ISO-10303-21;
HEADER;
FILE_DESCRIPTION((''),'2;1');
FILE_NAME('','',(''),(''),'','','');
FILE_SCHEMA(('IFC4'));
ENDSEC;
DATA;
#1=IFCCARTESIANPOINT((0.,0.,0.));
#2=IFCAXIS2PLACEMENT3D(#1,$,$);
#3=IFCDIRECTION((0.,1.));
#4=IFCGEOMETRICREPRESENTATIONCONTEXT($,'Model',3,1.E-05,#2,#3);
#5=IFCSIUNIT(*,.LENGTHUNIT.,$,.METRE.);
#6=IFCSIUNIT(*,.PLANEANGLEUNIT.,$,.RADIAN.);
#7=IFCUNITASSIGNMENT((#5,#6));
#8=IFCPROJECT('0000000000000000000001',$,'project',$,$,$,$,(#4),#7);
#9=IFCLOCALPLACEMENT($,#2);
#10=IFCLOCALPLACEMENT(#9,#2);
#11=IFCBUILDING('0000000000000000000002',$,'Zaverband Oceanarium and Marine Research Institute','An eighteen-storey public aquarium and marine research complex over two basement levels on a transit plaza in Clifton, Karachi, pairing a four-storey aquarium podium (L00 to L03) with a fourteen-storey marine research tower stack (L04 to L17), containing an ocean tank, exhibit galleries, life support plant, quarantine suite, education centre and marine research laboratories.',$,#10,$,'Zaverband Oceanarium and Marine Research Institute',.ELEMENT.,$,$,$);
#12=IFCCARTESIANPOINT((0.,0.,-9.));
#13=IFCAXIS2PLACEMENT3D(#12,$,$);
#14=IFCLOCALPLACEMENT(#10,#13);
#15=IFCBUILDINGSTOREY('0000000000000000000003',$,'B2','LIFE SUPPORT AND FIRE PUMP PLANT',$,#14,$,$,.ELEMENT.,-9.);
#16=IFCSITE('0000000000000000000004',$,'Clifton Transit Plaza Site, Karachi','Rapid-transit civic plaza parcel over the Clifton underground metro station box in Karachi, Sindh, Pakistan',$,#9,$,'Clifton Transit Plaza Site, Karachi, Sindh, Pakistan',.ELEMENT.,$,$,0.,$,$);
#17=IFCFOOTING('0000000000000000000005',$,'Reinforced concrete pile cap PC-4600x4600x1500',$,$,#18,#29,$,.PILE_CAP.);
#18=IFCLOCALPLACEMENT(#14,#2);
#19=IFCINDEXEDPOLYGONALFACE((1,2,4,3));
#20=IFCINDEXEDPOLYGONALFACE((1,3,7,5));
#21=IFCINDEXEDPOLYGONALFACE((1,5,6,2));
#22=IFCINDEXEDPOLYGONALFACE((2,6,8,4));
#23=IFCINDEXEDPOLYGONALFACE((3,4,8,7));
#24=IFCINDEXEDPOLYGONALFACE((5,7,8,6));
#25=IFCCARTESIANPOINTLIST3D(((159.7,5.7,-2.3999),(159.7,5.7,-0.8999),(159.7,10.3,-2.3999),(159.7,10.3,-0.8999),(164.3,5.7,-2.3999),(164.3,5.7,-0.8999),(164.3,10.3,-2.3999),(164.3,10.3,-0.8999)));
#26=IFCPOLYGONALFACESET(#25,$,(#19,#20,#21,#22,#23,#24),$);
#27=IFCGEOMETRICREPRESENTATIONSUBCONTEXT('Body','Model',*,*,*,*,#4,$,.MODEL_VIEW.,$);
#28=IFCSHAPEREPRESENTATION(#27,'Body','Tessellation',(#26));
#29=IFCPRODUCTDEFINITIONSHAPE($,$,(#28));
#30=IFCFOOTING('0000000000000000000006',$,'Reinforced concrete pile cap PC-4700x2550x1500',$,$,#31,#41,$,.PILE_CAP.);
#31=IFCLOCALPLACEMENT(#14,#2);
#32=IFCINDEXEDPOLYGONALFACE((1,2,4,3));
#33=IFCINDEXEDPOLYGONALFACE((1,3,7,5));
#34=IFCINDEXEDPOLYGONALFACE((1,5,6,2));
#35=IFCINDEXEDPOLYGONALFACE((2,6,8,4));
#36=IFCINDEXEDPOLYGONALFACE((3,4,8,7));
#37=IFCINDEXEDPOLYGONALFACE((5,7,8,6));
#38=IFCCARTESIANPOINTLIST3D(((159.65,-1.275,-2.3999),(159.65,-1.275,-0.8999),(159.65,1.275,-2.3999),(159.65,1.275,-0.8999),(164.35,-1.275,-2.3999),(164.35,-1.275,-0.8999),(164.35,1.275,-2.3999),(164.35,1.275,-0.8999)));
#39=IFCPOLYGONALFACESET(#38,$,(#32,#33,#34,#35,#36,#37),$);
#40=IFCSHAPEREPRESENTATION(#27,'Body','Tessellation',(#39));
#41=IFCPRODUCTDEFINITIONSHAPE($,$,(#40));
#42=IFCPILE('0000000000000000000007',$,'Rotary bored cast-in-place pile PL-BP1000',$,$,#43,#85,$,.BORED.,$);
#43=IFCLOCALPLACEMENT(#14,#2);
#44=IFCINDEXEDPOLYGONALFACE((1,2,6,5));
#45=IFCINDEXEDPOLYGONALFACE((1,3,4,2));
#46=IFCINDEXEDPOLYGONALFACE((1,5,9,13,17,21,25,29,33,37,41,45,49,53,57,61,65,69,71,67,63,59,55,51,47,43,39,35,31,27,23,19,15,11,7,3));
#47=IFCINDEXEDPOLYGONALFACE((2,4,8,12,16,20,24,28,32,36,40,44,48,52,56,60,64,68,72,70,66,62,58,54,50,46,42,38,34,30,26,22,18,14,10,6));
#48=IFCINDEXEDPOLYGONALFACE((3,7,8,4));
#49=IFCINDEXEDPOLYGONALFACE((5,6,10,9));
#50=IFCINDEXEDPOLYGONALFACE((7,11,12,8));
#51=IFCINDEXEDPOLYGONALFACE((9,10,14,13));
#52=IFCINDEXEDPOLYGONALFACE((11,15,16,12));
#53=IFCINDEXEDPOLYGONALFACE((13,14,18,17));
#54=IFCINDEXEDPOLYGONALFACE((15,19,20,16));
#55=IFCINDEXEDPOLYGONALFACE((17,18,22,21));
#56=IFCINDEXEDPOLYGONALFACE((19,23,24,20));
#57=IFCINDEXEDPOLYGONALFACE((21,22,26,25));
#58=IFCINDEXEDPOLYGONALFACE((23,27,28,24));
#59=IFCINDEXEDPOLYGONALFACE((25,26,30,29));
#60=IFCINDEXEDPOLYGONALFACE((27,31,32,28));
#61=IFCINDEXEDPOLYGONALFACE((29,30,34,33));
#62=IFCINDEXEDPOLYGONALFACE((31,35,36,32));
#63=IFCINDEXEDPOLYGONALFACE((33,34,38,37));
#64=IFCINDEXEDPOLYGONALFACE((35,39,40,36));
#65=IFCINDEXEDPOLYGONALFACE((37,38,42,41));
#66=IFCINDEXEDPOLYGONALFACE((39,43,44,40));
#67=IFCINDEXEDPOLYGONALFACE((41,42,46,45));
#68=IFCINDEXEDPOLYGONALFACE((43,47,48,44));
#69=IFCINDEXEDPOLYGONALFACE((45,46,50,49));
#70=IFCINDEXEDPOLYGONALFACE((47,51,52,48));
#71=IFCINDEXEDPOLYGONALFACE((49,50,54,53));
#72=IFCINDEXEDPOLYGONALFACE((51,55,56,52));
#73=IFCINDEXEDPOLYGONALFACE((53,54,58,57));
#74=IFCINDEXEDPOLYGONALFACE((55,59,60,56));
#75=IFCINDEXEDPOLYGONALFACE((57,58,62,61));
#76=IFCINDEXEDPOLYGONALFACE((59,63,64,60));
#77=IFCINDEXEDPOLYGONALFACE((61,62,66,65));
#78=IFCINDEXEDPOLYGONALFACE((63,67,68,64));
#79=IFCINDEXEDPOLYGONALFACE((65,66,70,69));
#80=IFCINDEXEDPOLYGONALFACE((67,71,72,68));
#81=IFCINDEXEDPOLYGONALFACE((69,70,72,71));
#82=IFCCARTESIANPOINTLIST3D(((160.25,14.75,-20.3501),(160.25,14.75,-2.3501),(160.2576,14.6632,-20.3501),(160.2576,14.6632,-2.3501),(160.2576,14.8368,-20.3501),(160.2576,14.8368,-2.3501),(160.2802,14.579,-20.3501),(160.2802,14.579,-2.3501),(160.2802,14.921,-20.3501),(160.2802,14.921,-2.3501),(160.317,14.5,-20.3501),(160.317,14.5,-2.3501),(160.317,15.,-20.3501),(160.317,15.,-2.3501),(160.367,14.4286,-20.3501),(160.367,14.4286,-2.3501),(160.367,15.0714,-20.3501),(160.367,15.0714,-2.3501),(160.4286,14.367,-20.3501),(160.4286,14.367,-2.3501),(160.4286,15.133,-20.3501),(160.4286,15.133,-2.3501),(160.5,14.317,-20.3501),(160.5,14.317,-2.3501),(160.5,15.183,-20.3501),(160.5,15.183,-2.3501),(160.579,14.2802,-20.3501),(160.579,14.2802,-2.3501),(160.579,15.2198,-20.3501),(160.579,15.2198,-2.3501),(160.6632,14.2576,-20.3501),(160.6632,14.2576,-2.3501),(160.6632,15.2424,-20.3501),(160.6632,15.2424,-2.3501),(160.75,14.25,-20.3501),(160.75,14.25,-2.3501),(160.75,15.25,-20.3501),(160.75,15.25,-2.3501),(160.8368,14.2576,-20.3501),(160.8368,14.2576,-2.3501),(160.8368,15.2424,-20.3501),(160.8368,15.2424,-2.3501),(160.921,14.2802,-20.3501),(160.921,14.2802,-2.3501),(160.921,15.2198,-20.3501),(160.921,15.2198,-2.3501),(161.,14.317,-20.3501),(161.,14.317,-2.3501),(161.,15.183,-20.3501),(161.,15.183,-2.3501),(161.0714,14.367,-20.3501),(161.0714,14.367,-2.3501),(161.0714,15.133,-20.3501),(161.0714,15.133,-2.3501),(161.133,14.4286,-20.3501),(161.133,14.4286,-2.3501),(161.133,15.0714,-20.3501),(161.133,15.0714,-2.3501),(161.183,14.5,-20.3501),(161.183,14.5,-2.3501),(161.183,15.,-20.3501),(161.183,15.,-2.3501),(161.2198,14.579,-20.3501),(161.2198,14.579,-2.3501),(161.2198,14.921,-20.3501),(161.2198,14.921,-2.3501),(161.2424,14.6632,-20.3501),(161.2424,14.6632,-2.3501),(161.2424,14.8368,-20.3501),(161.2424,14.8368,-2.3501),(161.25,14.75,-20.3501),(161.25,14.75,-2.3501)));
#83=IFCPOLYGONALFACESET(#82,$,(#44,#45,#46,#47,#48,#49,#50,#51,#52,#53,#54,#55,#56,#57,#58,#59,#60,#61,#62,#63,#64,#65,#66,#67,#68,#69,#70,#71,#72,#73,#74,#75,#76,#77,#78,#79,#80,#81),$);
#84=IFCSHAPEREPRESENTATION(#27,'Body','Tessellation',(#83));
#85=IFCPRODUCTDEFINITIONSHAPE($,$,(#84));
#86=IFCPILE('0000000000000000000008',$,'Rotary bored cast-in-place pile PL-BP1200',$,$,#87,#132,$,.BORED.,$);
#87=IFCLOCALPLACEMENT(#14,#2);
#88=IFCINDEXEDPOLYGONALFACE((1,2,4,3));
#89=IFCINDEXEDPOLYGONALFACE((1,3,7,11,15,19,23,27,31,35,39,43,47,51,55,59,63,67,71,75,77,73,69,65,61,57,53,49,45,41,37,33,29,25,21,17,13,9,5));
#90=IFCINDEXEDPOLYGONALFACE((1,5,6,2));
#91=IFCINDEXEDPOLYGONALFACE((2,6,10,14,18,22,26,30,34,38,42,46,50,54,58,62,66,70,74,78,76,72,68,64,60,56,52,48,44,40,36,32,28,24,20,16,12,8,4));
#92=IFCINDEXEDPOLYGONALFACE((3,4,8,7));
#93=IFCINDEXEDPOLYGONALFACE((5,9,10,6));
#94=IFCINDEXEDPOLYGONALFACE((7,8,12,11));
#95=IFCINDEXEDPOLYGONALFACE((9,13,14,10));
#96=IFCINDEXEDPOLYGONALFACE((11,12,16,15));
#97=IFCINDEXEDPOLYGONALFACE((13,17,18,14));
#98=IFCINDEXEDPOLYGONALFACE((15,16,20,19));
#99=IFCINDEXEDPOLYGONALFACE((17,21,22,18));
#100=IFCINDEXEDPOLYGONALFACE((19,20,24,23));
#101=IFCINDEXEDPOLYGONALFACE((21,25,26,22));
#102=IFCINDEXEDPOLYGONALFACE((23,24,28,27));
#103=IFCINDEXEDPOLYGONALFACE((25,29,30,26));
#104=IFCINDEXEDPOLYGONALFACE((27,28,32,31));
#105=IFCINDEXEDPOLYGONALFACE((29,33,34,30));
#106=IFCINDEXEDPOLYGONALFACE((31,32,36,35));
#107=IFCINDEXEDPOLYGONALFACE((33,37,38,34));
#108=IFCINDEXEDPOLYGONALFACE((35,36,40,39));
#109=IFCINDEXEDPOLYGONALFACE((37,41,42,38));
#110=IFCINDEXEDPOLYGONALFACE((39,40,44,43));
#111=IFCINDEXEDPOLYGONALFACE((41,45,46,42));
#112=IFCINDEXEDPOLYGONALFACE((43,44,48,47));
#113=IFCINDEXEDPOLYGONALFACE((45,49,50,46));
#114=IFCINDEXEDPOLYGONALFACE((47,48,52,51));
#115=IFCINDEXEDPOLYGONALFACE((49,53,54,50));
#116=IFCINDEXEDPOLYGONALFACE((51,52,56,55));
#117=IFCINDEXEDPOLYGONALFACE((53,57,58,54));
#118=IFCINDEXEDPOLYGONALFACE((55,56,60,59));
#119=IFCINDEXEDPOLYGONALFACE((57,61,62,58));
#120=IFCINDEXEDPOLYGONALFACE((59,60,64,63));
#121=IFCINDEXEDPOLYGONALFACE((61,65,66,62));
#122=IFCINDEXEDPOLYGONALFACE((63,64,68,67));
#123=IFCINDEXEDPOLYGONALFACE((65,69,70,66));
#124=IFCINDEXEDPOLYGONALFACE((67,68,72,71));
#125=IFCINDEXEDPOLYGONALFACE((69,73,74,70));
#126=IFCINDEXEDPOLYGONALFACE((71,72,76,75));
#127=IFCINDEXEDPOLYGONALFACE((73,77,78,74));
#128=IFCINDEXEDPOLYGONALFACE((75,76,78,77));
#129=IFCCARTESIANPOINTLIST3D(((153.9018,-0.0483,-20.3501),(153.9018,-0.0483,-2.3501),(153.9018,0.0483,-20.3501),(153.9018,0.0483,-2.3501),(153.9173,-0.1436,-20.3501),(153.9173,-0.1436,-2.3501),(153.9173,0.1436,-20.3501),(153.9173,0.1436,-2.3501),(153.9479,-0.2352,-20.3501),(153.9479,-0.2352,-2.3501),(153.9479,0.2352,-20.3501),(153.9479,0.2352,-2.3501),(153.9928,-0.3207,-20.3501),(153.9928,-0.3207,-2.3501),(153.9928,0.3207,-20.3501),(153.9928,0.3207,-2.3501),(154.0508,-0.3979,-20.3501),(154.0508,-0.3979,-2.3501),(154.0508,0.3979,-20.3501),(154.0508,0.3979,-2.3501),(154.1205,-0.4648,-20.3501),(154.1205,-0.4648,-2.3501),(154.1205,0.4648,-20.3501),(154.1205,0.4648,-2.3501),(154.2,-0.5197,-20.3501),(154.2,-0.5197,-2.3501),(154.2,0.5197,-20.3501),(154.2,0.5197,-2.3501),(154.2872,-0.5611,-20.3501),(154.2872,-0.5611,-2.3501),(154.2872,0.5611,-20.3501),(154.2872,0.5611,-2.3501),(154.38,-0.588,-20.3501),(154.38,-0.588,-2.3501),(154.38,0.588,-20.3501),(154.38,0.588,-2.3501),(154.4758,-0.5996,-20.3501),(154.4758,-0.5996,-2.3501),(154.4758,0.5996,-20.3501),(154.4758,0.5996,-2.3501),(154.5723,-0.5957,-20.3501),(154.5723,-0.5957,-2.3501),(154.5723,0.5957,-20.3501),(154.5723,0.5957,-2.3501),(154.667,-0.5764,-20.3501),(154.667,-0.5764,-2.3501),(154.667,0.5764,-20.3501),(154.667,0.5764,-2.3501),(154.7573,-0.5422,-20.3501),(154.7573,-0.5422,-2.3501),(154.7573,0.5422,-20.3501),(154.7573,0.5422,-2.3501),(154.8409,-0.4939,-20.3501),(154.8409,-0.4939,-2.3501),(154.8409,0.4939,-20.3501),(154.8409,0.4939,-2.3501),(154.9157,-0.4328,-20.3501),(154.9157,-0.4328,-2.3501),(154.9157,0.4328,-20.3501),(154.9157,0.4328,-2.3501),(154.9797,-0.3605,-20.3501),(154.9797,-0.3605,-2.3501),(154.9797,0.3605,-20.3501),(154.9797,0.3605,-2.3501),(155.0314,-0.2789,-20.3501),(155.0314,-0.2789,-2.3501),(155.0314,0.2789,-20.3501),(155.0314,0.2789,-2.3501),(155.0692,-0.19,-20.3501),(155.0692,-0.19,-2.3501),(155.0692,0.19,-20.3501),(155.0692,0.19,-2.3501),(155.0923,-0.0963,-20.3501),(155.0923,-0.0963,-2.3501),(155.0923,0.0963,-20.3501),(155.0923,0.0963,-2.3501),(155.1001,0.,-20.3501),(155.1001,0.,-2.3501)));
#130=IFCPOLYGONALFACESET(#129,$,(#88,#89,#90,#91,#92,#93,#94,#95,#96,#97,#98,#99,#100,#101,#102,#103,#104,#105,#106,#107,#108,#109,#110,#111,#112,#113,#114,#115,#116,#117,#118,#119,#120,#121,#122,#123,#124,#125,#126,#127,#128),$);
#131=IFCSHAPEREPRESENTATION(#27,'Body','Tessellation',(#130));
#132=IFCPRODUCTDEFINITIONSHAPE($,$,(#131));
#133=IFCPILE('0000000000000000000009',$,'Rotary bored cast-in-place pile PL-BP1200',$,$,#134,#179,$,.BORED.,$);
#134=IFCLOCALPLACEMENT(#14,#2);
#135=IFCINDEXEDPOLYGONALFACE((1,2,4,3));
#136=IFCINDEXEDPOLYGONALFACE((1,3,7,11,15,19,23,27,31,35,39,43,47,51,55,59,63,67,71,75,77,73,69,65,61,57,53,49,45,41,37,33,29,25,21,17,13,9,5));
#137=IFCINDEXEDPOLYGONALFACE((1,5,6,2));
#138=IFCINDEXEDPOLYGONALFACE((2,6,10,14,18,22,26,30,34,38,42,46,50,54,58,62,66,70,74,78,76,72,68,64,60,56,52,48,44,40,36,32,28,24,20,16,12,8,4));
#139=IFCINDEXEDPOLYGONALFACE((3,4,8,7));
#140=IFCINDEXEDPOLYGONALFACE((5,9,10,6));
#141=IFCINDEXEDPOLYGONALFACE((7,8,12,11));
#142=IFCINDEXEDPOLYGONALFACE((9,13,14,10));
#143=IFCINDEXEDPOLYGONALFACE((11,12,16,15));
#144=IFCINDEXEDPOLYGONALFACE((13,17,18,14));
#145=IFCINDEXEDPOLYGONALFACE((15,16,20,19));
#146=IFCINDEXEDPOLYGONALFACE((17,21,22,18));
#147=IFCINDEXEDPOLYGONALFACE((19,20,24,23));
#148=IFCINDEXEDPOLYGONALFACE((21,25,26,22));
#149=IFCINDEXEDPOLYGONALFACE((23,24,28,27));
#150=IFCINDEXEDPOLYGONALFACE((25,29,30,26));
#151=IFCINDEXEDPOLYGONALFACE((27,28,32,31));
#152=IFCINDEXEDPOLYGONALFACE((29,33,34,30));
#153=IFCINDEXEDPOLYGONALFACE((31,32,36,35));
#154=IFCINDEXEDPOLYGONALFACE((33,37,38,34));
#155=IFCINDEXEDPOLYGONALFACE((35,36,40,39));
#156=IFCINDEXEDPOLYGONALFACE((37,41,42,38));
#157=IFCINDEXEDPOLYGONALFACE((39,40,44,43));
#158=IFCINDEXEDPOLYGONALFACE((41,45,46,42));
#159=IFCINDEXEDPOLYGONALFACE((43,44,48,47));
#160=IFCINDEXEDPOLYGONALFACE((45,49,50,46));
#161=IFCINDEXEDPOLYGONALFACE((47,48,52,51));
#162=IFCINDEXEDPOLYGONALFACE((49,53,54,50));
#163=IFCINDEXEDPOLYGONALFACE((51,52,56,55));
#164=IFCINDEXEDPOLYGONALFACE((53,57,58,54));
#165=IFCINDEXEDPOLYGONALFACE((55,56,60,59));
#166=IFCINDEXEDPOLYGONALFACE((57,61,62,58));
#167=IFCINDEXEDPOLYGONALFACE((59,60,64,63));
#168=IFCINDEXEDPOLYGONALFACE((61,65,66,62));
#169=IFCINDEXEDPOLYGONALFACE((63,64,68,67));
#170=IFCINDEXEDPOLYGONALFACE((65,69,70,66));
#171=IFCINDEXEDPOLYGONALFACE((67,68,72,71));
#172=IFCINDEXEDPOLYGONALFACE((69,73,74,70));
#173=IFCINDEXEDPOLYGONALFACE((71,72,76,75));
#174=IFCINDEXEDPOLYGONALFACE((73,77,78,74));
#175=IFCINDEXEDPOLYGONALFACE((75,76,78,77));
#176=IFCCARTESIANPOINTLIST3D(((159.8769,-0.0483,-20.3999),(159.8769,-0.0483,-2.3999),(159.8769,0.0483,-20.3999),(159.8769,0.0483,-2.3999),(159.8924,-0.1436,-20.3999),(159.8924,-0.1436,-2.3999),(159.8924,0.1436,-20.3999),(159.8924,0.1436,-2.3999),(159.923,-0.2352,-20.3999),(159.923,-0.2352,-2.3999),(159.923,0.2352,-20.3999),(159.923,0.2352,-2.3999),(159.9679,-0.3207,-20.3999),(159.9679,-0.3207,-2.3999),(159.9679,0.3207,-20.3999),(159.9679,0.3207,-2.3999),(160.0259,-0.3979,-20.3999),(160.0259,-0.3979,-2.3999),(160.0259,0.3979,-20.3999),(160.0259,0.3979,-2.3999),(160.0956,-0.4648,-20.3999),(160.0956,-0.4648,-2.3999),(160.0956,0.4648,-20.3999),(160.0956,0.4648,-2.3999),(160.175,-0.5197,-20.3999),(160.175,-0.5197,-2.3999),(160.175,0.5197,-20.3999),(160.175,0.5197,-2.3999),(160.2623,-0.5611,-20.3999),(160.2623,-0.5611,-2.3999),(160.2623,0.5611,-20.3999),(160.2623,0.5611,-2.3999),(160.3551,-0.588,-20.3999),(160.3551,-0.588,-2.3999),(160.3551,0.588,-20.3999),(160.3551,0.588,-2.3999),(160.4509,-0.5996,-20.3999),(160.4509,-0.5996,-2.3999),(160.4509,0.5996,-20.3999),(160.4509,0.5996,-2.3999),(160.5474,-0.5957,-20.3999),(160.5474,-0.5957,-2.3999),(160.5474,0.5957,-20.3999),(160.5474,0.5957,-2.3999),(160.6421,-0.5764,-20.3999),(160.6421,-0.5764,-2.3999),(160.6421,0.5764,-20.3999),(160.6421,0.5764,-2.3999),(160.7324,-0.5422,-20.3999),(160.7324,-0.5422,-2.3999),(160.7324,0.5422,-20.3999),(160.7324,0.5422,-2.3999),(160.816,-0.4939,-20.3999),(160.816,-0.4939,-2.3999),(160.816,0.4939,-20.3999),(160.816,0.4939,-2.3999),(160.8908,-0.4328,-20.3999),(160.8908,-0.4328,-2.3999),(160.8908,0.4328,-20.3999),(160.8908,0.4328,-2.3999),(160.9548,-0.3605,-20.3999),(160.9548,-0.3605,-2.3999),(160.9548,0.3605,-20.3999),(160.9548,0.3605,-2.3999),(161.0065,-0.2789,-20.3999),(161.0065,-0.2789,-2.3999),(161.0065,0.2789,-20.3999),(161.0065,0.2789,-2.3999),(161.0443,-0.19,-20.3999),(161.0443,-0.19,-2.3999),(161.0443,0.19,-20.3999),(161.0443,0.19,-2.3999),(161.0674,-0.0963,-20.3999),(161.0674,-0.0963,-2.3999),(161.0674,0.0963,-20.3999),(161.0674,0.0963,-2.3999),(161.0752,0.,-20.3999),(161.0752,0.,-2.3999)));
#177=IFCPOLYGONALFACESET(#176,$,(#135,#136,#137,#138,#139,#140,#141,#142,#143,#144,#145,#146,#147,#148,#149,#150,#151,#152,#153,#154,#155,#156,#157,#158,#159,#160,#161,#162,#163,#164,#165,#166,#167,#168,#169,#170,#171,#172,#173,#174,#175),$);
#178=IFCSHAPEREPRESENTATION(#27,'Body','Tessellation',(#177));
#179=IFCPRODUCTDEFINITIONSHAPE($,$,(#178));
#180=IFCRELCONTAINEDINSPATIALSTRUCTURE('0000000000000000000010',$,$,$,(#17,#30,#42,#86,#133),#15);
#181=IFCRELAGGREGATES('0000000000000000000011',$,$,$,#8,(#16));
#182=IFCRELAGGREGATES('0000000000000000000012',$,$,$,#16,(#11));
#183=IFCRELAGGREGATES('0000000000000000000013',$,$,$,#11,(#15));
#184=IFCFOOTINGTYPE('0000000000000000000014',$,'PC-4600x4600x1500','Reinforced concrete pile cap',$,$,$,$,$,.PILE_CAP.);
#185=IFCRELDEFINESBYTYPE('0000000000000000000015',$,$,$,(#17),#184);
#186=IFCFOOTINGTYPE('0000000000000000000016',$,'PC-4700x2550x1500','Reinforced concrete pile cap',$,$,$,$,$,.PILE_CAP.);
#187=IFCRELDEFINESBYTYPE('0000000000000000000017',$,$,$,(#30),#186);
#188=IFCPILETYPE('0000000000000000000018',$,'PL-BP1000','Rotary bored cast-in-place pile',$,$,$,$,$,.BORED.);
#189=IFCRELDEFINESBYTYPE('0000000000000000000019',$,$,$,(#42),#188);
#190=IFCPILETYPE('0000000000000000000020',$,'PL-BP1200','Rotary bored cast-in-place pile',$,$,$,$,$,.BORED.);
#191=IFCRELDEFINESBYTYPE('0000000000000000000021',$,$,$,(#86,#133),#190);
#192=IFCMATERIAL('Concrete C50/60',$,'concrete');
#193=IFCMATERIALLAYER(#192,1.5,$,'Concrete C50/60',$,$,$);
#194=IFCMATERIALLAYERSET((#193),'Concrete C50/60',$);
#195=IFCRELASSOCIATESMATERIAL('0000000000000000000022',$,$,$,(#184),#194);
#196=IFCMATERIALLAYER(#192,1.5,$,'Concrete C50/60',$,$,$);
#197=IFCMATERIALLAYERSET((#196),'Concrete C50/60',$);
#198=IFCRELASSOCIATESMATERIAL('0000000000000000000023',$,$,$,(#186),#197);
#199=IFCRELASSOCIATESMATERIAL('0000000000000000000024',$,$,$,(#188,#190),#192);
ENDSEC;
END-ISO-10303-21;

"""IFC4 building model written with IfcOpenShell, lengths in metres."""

from ifc_helpers import new_model, si_unit, direction, frame, origin, origin_2d, place, context, subcontext, project, spatial, rectangle, circle, extrude, material, layer, layer_set, material_profile, profile_set, type_object, element, save


model = new_model("IFC4")

# Units and contexts
model_context = context("Model", 3, precision=1e-05, world=origin(), true_north=direction((0.0, 1.0)))
body_context = subcontext(model_context, "Body", "Model", "MODEL_VIEW")
ifc_project = project(units=[si_unit("LENGTHUNIT", "METRE"), si_unit("PLANEANGLEUNIT", "RADIAN")], contexts=[model_context])

# Site, building, storey
site_placement = place(None, origin())
site = spatial("IfcSite", under=ifc_project, at=site_placement, Name="Clifton Transit Plaza Site, Karachi", Description="Rapid-transit civic plaza parcel over the Clifton underground metro station box in Karachi, Sindh, Pakistan", LongName="Clifton Transit Plaza Site, Karachi, Sindh, Pakistan", CompositionType="ELEMENT", RefElevation=0.0)
building_placement = place(site_placement, origin())
building = spatial("IfcBuilding", under=site, at=building_placement, Name="Zaverband Oceanarium and Marine Research Institute", Description="An eighteen-storey public aquarium and marine research complex over two basement levels on a transit plaza in Clifton, Karachi, pairing a four-storey aquarium podium (L00 to L03) with a fourteen-storey marine research tower stack (L04 to L17), containing an ocean tank, exhibit galleries, life support plant, quarantine suite, education centre and marine research laboratories.", LongName="Zaverband Oceanarium and Marine Research Institute", CompositionType="ELEMENT")
storey_placement = place(building_placement, frame((0.0, 0.0, -9.0)))
storey = spatial("IfcBuildingStorey", under=building, at=storey_placement, Name="B2", Description="LIFE SUPPORT AND FIRE PUMP PLANT", CompositionType="ELEMENT", Elevation=-9.0)

# Footings
ifc_material_1 = material(Name="Concrete C50/60", Category="concrete")
ifc_layer_1 = layer(ifc_material_1, 1.5, Name="Concrete C50/60")
ifc_layer_set_1 = layer_set([ifc_layer_1], Name="Concrete C50/60")
footing_type_1 = type_object("IfcFootingType", Name="PC-4600x4600x1500", Description="Reinforced concrete pile cap", PredefinedType="PILE_CAP", material=ifc_layer_set_1)
footing_1_placement = place(storey_placement, frame((162.0, 8.0, -2.3999), z_axis=(0.0, 0.0, 1.0), x_axis=(1.0, 0.0, 0.0)))
element("IfcFooting", 1, at=footing_1_placement, inside=storey, type_object=footing_type_1, Name="Reinforced concrete pile cap PC-4600x4600x1500", PredefinedType="PILE_CAP", context=body_context, shape_type="SweptSolid", body=[
    extrude(rectangle(XDim=4.6001, YDim=4.6001, at=origin_2d()), origin(), (0.0, 0.0, 1.0), 1.5),
])
ifc_layer_2 = layer(ifc_material_1, 1.5, Name="Concrete C50/60")
ifc_layer_set_2 = layer_set([ifc_layer_2], Name="Concrete C50/60")
footing_type_2 = type_object("IfcFootingType", Name="PC-4700x2550x1500", Description="Reinforced concrete pile cap", PredefinedType="PILE_CAP", material=ifc_layer_set_2)
footing_2_placement = place(storey_placement, frame((162.0, 0.0, -2.3999), z_axis=(0.0, 0.0, 1.0), x_axis=(1.0, 0.0, 0.0)))
element("IfcFooting", 2, at=footing_2_placement, inside=storey, type_object=footing_type_2, Name="Reinforced concrete pile cap PC-4700x2550x1500", PredefinedType="PILE_CAP", context=body_context, shape_type="SweptSolid", body=[
    extrude(rectangle(XDim=4.7, YDim=2.55, at=origin_2d()), origin(), (0.0, 0.0, 1.0), 1.5),
])

# Piles
ifc_material_profile_1 = material_profile(ifc_material_1, circle(Radius=0.5, at=origin_2d()), Name="BP1000")
ifc_profile_set_1 = profile_set([ifc_material_profile_1], Name="Concrete C50/60")
pile_type_1 = type_object("IfcPileType", Name="PL-BP1000", Description="Rotary bored cast-in-place pile", PredefinedType="BORED", material=ifc_profile_set_1)
pile_placement = place(storey_placement, frame((160.75, 14.75, -2.3501), z_axis=(0.0, 0.0, -1.0), x_axis=(1.0, 0.0, 0.0)))
element("IfcPile", 3, at=pile_placement, inside=storey, type_object=pile_type_1, Name="Rotary bored cast-in-place pile PL-BP1000", PredefinedType="BORED", context=body_context, shape_type="SweptSolid", body=[
    extrude(circle(Radius=0.5, at=origin_2d()), origin(), (0.0, 0.0, 1.0), 18.0),
])
ifc_material_profile_2 = material_profile(ifc_material_1, circle(Radius=0.6001, at=origin_2d()), Name="BP1200")
ifc_profile_set_2 = profile_set([ifc_material_profile_2], Name="Concrete C50/60")
pile_type_2 = type_object("IfcPileType", Name="PL-BP1200", Description="Rotary bored cast-in-place pile", PredefinedType="BORED", material=ifc_profile_set_2)
for number, where, z_axis, x_axis, name in (
    (4, (154.5, 0.0, -2.3501), (0.0, 0.0, -1.0), (1.0, 0.0, 0.0), "Rotary bored cast-in-place pile PL-BP1200"),
    (5, (160.4751, 0.0, -2.3999), (0.0, 0.0, -1.0), (1.0, 0.0, 0.0), "Rotary bored cast-in-place pile PL-BP1200"),
):
    element("IfcPile", number, at=place(storey_placement, frame(where, z_axis=z_axis, x_axis=x_axis)), inside=storey, type_object=pile_type_2, Name=name, PredefinedType="BORED", context=body_context, shape_type="SweptSolid", body=[
        extrude(circle(Radius=0.6001, at=origin_2d()), origin(), (0.0, 0.0, 1.0), 18.0),
    ])

save(model, "model.ifc")
